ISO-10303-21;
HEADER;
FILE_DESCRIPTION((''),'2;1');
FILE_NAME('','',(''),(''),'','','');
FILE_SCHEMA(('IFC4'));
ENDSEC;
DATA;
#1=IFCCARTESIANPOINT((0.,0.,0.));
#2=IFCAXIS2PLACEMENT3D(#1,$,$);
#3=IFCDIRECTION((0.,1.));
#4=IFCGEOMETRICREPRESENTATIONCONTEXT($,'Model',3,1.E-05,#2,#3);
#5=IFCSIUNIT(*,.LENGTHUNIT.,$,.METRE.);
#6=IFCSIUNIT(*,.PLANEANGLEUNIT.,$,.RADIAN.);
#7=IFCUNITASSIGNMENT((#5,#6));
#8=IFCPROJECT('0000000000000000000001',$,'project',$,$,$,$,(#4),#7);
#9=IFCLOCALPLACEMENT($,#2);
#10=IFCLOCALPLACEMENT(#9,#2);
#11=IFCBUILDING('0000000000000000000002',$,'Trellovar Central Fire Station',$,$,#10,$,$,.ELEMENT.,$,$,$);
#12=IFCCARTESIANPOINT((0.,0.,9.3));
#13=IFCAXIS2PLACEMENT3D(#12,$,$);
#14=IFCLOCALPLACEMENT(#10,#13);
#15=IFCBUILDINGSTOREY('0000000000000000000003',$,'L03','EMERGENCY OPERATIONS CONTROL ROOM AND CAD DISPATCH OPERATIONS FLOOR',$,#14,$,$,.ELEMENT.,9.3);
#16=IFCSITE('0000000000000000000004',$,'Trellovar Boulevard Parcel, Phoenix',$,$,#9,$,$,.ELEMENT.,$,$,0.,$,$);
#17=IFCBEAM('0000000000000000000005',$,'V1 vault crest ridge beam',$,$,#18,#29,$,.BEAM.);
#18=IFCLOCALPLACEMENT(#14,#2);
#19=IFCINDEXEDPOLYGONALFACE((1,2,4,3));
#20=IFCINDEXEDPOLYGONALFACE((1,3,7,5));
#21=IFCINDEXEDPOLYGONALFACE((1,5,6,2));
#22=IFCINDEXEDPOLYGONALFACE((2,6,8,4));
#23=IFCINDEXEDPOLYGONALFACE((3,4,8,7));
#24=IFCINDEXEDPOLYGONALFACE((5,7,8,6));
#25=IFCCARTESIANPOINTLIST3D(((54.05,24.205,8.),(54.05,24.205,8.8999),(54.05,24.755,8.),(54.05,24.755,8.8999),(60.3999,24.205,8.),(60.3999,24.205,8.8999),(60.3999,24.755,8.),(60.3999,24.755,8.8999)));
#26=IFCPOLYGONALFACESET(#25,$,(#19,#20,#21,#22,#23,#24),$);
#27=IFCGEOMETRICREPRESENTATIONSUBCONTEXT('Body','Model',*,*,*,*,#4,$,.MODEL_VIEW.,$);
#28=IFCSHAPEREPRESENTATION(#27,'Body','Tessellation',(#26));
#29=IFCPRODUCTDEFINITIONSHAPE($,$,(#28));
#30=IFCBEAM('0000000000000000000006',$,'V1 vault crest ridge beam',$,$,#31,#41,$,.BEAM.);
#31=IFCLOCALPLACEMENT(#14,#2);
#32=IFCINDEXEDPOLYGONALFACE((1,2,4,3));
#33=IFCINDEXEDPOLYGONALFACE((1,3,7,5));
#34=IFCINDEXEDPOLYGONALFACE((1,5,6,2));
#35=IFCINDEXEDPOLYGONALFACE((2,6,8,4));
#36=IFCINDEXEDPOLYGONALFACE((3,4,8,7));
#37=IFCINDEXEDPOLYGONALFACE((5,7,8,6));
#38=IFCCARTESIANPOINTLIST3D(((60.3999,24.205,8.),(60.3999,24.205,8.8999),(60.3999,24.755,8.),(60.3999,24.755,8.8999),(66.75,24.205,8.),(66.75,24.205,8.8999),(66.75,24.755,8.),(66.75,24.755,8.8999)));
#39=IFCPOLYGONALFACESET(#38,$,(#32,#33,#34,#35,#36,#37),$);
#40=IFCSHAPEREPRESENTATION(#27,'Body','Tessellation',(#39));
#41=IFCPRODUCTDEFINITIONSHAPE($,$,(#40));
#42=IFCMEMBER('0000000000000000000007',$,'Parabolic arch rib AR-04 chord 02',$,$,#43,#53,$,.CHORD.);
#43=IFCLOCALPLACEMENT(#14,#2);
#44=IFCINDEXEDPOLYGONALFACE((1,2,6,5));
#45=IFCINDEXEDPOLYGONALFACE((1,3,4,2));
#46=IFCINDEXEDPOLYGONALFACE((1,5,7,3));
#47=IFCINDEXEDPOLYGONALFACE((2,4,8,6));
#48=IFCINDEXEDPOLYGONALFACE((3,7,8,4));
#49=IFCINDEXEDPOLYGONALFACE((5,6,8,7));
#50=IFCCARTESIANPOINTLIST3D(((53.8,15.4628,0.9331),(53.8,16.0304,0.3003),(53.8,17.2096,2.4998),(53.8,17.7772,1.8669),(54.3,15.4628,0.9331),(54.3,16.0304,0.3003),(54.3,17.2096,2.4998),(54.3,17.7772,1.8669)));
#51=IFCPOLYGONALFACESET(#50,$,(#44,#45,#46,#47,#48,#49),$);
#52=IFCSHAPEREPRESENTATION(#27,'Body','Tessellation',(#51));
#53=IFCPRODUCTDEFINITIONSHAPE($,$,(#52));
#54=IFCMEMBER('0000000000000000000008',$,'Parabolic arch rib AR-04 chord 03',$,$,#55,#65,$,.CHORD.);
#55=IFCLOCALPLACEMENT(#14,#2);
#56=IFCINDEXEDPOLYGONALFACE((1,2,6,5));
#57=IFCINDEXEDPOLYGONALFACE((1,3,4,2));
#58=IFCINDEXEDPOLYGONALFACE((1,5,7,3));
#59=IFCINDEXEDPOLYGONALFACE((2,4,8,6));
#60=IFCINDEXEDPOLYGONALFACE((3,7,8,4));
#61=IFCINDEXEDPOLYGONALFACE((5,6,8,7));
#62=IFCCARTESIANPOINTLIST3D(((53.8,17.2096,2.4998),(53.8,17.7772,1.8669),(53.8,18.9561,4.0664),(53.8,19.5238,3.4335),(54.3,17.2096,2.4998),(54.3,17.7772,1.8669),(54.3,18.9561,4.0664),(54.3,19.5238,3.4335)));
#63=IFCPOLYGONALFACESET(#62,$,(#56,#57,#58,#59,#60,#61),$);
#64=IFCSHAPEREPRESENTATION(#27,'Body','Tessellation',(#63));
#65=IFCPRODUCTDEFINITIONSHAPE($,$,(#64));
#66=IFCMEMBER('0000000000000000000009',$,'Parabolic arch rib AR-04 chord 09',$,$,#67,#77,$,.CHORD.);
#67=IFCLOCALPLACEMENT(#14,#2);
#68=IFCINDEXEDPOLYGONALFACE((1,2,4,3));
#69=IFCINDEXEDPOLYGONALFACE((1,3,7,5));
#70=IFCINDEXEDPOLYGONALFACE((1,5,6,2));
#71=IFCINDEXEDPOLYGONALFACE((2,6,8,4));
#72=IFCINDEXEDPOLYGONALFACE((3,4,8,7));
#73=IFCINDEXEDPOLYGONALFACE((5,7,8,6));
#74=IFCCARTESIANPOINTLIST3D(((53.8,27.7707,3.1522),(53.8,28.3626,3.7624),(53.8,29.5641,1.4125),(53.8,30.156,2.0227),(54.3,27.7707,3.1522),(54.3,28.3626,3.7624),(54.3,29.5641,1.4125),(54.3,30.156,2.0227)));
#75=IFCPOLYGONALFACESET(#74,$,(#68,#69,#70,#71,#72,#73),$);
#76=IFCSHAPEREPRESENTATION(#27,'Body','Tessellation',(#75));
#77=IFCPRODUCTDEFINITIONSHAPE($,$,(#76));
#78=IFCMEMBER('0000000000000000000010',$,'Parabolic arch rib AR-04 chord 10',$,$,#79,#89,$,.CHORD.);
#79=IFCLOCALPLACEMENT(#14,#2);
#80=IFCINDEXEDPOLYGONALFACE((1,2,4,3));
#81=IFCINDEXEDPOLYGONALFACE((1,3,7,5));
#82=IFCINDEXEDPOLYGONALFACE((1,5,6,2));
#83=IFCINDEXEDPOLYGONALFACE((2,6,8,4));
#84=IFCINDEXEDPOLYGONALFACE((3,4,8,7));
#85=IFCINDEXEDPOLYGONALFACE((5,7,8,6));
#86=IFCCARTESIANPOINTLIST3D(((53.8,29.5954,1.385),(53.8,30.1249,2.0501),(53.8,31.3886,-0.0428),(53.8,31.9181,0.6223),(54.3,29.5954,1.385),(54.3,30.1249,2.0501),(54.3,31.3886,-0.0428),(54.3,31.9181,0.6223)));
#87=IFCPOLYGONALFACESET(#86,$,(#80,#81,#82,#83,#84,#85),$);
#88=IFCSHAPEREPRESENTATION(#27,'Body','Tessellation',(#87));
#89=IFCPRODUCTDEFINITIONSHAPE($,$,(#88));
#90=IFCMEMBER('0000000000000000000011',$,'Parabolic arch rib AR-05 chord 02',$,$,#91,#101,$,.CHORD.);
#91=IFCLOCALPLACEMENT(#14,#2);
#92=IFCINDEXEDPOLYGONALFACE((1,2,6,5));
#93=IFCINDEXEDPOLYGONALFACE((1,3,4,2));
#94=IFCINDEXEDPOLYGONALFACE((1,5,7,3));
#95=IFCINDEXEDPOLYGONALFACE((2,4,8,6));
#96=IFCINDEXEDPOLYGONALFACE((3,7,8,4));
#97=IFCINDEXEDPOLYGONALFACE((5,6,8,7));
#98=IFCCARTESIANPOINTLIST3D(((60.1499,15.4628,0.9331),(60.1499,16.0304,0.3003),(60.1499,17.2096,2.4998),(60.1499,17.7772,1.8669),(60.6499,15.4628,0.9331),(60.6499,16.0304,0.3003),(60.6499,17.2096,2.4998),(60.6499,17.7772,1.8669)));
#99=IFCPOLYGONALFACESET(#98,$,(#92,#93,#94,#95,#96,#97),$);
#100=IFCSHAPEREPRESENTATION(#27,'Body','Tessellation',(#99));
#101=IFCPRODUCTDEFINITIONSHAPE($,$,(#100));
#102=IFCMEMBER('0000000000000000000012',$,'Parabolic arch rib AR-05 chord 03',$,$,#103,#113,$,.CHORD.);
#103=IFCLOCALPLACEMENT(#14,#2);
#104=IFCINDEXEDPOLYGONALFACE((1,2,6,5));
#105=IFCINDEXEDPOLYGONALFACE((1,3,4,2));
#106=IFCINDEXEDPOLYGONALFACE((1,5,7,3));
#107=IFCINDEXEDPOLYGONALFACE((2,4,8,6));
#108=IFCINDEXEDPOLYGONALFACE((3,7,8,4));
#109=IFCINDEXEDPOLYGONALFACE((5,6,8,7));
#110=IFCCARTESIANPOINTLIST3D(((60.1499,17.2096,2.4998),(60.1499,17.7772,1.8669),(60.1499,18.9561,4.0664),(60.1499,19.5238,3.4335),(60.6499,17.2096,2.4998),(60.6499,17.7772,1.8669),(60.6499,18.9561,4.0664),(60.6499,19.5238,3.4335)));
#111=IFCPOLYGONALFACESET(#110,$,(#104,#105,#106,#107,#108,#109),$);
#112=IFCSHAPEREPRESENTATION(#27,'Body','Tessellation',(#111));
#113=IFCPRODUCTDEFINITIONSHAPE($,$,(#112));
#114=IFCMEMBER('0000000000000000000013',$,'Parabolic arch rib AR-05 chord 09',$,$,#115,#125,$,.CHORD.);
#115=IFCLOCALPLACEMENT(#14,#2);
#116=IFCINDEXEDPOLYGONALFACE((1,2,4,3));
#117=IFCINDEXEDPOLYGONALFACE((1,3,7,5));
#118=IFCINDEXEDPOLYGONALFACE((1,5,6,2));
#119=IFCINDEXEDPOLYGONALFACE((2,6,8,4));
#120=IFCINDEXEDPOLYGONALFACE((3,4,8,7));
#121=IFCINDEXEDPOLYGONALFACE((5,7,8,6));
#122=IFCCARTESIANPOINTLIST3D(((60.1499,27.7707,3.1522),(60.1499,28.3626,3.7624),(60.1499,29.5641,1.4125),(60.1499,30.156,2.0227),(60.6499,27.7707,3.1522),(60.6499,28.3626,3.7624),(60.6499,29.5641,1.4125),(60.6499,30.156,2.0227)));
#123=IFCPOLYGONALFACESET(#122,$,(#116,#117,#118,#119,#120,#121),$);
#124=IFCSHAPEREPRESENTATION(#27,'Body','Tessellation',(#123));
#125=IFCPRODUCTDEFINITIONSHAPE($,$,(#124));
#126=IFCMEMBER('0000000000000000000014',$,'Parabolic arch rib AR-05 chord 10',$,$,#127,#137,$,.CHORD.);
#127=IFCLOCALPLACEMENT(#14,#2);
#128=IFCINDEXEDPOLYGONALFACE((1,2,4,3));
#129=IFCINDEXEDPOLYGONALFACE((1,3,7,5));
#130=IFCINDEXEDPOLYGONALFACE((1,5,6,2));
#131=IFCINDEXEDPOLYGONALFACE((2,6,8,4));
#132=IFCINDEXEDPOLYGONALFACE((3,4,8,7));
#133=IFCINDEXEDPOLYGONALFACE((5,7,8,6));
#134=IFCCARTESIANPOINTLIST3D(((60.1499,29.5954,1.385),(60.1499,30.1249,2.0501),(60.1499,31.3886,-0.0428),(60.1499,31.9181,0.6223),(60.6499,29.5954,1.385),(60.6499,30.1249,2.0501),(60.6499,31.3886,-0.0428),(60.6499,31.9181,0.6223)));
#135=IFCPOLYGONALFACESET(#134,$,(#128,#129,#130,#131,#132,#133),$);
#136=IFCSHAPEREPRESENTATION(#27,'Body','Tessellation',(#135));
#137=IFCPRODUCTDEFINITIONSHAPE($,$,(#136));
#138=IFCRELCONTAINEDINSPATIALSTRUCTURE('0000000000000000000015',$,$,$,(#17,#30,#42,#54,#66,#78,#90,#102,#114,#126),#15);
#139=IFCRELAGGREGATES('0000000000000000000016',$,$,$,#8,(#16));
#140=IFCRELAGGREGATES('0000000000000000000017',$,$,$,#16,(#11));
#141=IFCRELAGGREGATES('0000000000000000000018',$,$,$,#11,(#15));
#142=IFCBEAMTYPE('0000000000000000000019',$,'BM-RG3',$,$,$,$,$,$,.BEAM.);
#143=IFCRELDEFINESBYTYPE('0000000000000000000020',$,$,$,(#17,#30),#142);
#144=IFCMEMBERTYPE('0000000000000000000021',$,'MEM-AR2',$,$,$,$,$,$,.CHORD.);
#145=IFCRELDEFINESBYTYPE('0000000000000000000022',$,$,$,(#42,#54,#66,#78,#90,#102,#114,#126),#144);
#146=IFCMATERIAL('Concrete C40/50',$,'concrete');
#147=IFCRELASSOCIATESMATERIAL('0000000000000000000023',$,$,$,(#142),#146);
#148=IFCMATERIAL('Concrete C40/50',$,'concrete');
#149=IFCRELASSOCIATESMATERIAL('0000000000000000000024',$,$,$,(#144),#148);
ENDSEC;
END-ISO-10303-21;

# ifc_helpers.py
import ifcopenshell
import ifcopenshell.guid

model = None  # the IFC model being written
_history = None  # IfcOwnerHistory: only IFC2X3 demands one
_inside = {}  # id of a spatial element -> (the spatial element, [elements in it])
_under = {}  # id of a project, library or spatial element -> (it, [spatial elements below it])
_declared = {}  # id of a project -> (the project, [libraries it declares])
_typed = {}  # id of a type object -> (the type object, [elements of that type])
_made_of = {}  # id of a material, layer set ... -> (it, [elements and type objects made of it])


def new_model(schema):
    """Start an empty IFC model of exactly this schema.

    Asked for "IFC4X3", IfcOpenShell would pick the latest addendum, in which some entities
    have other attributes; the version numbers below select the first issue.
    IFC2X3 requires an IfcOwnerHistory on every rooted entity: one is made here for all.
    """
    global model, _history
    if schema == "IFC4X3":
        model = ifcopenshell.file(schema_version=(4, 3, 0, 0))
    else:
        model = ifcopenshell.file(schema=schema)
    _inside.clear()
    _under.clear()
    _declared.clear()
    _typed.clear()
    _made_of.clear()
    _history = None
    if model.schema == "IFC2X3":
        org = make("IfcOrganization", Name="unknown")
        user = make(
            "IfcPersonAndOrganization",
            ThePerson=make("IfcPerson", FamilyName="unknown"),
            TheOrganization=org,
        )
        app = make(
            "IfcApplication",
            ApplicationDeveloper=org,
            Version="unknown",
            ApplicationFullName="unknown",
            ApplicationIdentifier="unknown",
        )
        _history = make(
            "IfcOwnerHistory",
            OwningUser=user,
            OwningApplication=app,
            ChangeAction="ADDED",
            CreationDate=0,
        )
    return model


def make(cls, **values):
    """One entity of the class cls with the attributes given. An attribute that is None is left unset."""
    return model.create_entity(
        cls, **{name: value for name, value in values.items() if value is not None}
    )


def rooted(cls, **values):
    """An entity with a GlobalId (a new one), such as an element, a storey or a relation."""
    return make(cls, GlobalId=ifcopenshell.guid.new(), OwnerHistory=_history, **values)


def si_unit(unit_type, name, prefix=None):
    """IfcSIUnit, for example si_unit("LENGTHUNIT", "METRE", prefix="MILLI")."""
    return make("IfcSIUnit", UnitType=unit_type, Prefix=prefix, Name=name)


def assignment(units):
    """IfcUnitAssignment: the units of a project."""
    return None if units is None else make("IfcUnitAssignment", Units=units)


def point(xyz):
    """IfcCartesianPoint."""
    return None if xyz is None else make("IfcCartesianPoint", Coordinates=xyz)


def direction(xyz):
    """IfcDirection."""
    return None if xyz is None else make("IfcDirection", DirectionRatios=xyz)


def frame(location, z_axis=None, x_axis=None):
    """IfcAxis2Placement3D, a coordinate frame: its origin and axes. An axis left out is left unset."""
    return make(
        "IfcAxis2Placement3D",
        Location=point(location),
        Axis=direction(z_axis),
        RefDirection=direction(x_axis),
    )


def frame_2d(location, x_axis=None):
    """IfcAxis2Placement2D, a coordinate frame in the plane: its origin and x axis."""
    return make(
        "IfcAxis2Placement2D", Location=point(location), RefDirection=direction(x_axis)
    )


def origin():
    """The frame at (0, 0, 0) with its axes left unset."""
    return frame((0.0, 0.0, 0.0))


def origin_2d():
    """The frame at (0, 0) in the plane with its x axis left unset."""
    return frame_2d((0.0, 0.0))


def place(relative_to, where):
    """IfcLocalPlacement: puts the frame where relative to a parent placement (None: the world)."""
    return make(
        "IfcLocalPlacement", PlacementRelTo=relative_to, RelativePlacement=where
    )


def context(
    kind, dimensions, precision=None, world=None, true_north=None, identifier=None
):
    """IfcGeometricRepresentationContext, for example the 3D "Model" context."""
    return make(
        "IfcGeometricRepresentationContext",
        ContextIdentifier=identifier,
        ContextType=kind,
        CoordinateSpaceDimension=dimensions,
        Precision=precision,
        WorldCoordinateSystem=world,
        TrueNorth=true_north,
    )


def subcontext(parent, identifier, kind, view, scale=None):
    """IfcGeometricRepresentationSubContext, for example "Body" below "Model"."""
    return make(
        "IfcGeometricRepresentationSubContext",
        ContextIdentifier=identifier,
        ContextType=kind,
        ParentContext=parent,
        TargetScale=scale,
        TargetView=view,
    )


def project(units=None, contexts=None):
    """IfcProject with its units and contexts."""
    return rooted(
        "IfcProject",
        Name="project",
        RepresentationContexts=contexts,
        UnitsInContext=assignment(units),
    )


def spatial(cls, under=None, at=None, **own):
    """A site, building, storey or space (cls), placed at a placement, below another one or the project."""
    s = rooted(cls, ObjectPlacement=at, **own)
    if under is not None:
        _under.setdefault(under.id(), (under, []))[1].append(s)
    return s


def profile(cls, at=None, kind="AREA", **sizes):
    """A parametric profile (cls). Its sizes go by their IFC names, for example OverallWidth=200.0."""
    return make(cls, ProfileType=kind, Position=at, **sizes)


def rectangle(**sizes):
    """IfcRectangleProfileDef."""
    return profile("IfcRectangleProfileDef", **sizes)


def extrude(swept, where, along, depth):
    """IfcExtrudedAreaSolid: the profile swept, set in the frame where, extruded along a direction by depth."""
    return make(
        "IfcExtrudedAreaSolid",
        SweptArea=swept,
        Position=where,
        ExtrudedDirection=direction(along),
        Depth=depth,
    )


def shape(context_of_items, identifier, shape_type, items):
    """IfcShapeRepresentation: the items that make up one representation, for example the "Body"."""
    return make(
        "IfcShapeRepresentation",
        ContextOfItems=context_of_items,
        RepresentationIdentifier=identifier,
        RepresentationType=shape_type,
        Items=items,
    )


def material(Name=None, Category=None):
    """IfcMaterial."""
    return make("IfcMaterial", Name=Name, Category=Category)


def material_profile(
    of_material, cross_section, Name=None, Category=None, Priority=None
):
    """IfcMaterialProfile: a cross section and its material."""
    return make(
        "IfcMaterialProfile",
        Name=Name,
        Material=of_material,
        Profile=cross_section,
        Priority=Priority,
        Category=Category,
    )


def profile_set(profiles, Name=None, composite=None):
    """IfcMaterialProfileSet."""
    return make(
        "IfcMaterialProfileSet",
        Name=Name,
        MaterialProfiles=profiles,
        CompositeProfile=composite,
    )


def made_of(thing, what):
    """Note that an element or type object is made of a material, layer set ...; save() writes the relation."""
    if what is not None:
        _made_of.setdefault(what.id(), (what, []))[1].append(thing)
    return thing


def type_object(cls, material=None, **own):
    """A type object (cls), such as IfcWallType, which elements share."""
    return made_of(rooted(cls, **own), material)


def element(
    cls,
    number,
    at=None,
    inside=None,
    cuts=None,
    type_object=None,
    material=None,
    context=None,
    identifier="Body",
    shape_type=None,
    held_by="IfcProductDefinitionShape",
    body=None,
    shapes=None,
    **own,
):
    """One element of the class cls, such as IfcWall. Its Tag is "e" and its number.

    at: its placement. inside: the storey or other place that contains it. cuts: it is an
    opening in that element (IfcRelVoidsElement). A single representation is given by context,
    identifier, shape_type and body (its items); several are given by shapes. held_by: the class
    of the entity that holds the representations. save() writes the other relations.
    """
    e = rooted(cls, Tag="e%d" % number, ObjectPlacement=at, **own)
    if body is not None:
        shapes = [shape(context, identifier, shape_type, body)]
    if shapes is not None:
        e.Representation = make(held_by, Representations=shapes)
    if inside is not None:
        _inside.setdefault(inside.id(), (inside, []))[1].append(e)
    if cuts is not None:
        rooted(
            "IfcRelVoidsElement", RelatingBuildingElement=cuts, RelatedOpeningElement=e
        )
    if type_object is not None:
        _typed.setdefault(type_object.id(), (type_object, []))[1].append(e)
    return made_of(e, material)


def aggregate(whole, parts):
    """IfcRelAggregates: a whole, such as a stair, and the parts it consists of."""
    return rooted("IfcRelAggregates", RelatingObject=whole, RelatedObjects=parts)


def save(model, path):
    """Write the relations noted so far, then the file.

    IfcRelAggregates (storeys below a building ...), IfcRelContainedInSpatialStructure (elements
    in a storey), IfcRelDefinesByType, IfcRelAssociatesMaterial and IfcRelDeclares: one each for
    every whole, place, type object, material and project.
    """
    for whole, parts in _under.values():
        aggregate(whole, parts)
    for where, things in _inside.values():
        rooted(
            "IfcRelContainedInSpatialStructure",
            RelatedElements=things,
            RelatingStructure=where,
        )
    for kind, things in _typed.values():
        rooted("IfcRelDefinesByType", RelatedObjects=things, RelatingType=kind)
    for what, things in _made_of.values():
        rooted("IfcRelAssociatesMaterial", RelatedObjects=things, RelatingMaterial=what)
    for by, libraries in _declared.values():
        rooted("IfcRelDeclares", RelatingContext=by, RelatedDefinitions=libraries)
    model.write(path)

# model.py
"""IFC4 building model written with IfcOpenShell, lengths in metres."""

from ifc_helpers import new_model, si_unit, direction, frame, origin, origin_2d, place, context, subcontext, project, spatial, rectangle, extrude, material, material_profile, profile_set, type_object, element, save


model = new_model("IFC4")

# Units and contexts
model_context = context("Model", 3, precision=1e-05, world=origin(), true_north=direction((0.0, 1.0)))
body_context = subcontext(model_context, "Body", "Model", "MODEL_VIEW")
ifc_project = project(units=[si_unit("LENGTHUNIT", "METRE"), si_unit("PLANEANGLEUNIT", "RADIAN")], contexts=[model_context])

# Site, building, storey
site_placement = place(None, origin())
site = spatial("IfcSite", under=ifc_project, at=site_placement, Name="Trellovar Boulevard Parcel, Phoenix", CompositionType="ELEMENT", RefElevation=0.0)
building_placement = place(site_placement, origin())
building = spatial("IfcBuilding", under=site, at=building_placement, Name="Trellovar Central Fire Station", CompositionType="ELEMENT")
storey_placement = place(building_placement, frame((0.0, 0.0, 9.3)))
storey = spatial("IfcBuildingStorey", under=building, at=storey_placement, Name="L03", Description="EMERGENCY OPERATIONS CONTROL ROOM AND CAD DISPATCH OPERATIONS FLOOR", CompositionType="ELEMENT", Elevation=9.3)

# Beams
ifc_material_1 = material(Name="Concrete C40/50", Category="concrete")
ifc_material_profile_1 = material_profile(ifc_material_1, rectangle(XDim=0.55, YDim=0.8999, at=origin_2d()), Name="RC550X900")
ifc_profile_set_1 = profile_set([ifc_material_profile_1], Name="Concrete C40/50")
beam_type = type_object("IfcBeamType", Name="BM-RG3", PredefinedType="BEAM", material=ifc_profile_set_1)
beam_1_placement = place(storey_placement, frame((54.05, 24.48, 8.45), z_axis=(1.0, 0.0, 0.0), x_axis=(0.0, 1.0, 0.0)))
element("IfcBeam", 1, at=beam_1_placement, inside=storey, type_object=beam_type, Name="V1 vault crest ridge beam", PredefinedType="BEAM", context=body_context, shape_type="SweptSolid", body=[
    extrude(rectangle(XDim=0.55, YDim=0.8999, at=origin_2d()), origin(), (0.0, 0.0, 1.0), 6.3499),
])
beam_2_placement = place(storey_placement, frame((60.3999, 24.48, 8.45), z_axis=(1.0, 0.0, 0.0), x_axis=(0.0, 1.0, 0.0)))
element("IfcBeam", 2, at=beam_2_placement, inside=storey, type_object=beam_type, Name="V1 vault crest ridge beam", PredefinedType="BEAM", context=body_context, shape_type="SweptSolid", body=[
    extrude(rectangle(XDim=0.55, YDim=0.8999, at=origin_2d()), origin(), (0.0, 0.0, 1.0), 6.3501),
])

# Members
ifc_material_2 = material(Name="Concrete C40/50", Category="concrete")
ifc_material_profile_2 = material_profile(ifc_material_2, rectangle(XDim=0.5, YDim=0.8501, at=origin_2d()), Name="RC500X850")
ifc_profile_set_2 = profile_set([ifc_material_profile_2], Name="Concrete C40/50")
member_type_1 = type_object("IfcMemberType", Name="MEM-AR2", PredefinedType="CHORD", material=ifc_profile_set_2)
member_1_placement = place(storey_placement, frame((54.05, 15.7466, 0.6167), z_axis=(0.0, 0.744457, 0.66767), x_axis=(-1.0, 0.0, 0.0)))
element("IfcMember", 3, at=member_1_placement, inside=storey, type_object=member_type_1, Name="Parabolic arch rib AR-04 chord 02", PredefinedType="CHORD", context=body_context, shape_type="SweptSolid", body=[
    extrude(rectangle(XDim=0.5, YDim=0.8501, at=origin_2d()), origin(), (0.0, 0.0, 1.0), 2.3464),
])
member_2_placement = place(storey_placement, frame((54.05, 17.4934, 2.1833), z_axis=(0.0, 0.744411, 0.667722), x_axis=(-1.0, 0.0, 0.0)))
element("IfcMember", 4, at=member_2_placement, inside=storey, type_object=member_type_1, Name="Parabolic arch rib AR-04 chord 03", PredefinedType="CHORD", context=body_context, shape_type="SweptSolid", body=[
    extrude(rectangle(XDim=0.5, YDim=0.8501, at=origin_2d()), origin(), (0.0, 0.0, 1.0), 2.3462),
])
member_3_placement = place(storey_placement, frame((54.05, 28.0667, 3.4573), z_axis=(0.0, 0.717773, -0.696277), x_axis=(-1.0, 0.0, 0.0)))
element("IfcMember", 5, at=member_3_placement, inside=storey, type_object=member_type_1, Name="Parabolic arch rib AR-04 chord 09", PredefinedType="CHORD", context=body_context, shape_type="SweptSolid", body=[
    extrude(rectangle(XDim=0.5, YDim=0.8501, at=origin_2d()), origin(), (0.0, 0.0, 1.0), 2.4985),
])
member_4_placement = place(storey_placement, frame((54.05, 29.8601, 1.7175), z_axis=(0.0, 0.782321, -0.622875), x_axis=(-1.0, 0.0, 0.0)))
element("IfcMember", 6, at=member_4_placement, inside=storey, type_object=member_type_1, Name="Parabolic arch rib AR-04 chord 10", PredefinedType="CHORD", context=body_context, shape_type="SweptSolid", body=[
    extrude(rectangle(XDim=0.5, YDim=0.8501, at=origin_2d()), origin(), (0.0, 0.0, 1.0), 2.2922),
])
member_5_placement = place(storey_placement, frame((60.3999, 15.7466, 0.6167), z_axis=(0.0, 0.744457, 0.66767), x_axis=(-1.0, 0.0, 0.0)))
element("IfcMember", 7, at=member_5_placement, inside=storey, type_object=member_type_1, Name="Parabolic arch rib AR-05 chord 02", PredefinedType="CHORD", context=body_context, shape_type="SweptSolid", body=[
    extrude(rectangle(XDim=0.5, YDim=0.8501, at=origin_2d()), origin(), (0.0, 0.0, 1.0), 2.3464),
])
member_6_placement = place(storey_placement, frame((60.3999, 17.4934, 2.1833), z_axis=(0.0, 0.744411, 0.667722), x_axis=(-1.0, 0.0, 0.0)))
element("IfcMember", 8, at=member_6_placement, inside=storey, type_object=member_type_1, Name="Parabolic arch rib AR-05 chord 03", PredefinedType="CHORD", context=body_context, shape_type="SweptSolid", body=[
    extrude(rectangle(XDim=0.5, YDim=0.8501, at=origin_2d()), origin(), (0.0, 0.0, 1.0), 2.3462),
])
member_7_placement = place(storey_placement, frame((60.3999, 28.0667, 3.4573), z_axis=(0.0, 0.717773, -0.696277), x_axis=(-1.0, 0.0, 0.0)))
element("IfcMember", 9, at=member_7_placement, inside=storey, type_object=member_type_1, Name="Parabolic arch rib AR-05 chord 09", PredefinedType="CHORD", context=body_context, shape_type="SweptSolid", body=[
    extrude(rectangle(XDim=0.5, YDim=0.8501, at=origin_2d()), origin(), (0.0, 0.0, 1.0), 2.4985),
])
member_8_placement = place(storey_placement, frame((60.3999, 29.8601, 1.7175), z_axis=(0.0, 0.782321, -0.622875), x_axis=(-1.0, 0.0, 0.0)))
element("IfcMember", 10, at=member_8_placement, inside=storey, type_object=member_type_1, Name="Parabolic arch rib AR-05 chord 10", PredefinedType="CHORD", context=body_context, shape_type="SweptSolid", body=[
    extrude(rectangle(XDim=0.5, YDim=0.8501, at=origin_2d()), origin(), (0.0, 0.0, 1.0), 2.2922),
])

save(model, "model.ifc")
